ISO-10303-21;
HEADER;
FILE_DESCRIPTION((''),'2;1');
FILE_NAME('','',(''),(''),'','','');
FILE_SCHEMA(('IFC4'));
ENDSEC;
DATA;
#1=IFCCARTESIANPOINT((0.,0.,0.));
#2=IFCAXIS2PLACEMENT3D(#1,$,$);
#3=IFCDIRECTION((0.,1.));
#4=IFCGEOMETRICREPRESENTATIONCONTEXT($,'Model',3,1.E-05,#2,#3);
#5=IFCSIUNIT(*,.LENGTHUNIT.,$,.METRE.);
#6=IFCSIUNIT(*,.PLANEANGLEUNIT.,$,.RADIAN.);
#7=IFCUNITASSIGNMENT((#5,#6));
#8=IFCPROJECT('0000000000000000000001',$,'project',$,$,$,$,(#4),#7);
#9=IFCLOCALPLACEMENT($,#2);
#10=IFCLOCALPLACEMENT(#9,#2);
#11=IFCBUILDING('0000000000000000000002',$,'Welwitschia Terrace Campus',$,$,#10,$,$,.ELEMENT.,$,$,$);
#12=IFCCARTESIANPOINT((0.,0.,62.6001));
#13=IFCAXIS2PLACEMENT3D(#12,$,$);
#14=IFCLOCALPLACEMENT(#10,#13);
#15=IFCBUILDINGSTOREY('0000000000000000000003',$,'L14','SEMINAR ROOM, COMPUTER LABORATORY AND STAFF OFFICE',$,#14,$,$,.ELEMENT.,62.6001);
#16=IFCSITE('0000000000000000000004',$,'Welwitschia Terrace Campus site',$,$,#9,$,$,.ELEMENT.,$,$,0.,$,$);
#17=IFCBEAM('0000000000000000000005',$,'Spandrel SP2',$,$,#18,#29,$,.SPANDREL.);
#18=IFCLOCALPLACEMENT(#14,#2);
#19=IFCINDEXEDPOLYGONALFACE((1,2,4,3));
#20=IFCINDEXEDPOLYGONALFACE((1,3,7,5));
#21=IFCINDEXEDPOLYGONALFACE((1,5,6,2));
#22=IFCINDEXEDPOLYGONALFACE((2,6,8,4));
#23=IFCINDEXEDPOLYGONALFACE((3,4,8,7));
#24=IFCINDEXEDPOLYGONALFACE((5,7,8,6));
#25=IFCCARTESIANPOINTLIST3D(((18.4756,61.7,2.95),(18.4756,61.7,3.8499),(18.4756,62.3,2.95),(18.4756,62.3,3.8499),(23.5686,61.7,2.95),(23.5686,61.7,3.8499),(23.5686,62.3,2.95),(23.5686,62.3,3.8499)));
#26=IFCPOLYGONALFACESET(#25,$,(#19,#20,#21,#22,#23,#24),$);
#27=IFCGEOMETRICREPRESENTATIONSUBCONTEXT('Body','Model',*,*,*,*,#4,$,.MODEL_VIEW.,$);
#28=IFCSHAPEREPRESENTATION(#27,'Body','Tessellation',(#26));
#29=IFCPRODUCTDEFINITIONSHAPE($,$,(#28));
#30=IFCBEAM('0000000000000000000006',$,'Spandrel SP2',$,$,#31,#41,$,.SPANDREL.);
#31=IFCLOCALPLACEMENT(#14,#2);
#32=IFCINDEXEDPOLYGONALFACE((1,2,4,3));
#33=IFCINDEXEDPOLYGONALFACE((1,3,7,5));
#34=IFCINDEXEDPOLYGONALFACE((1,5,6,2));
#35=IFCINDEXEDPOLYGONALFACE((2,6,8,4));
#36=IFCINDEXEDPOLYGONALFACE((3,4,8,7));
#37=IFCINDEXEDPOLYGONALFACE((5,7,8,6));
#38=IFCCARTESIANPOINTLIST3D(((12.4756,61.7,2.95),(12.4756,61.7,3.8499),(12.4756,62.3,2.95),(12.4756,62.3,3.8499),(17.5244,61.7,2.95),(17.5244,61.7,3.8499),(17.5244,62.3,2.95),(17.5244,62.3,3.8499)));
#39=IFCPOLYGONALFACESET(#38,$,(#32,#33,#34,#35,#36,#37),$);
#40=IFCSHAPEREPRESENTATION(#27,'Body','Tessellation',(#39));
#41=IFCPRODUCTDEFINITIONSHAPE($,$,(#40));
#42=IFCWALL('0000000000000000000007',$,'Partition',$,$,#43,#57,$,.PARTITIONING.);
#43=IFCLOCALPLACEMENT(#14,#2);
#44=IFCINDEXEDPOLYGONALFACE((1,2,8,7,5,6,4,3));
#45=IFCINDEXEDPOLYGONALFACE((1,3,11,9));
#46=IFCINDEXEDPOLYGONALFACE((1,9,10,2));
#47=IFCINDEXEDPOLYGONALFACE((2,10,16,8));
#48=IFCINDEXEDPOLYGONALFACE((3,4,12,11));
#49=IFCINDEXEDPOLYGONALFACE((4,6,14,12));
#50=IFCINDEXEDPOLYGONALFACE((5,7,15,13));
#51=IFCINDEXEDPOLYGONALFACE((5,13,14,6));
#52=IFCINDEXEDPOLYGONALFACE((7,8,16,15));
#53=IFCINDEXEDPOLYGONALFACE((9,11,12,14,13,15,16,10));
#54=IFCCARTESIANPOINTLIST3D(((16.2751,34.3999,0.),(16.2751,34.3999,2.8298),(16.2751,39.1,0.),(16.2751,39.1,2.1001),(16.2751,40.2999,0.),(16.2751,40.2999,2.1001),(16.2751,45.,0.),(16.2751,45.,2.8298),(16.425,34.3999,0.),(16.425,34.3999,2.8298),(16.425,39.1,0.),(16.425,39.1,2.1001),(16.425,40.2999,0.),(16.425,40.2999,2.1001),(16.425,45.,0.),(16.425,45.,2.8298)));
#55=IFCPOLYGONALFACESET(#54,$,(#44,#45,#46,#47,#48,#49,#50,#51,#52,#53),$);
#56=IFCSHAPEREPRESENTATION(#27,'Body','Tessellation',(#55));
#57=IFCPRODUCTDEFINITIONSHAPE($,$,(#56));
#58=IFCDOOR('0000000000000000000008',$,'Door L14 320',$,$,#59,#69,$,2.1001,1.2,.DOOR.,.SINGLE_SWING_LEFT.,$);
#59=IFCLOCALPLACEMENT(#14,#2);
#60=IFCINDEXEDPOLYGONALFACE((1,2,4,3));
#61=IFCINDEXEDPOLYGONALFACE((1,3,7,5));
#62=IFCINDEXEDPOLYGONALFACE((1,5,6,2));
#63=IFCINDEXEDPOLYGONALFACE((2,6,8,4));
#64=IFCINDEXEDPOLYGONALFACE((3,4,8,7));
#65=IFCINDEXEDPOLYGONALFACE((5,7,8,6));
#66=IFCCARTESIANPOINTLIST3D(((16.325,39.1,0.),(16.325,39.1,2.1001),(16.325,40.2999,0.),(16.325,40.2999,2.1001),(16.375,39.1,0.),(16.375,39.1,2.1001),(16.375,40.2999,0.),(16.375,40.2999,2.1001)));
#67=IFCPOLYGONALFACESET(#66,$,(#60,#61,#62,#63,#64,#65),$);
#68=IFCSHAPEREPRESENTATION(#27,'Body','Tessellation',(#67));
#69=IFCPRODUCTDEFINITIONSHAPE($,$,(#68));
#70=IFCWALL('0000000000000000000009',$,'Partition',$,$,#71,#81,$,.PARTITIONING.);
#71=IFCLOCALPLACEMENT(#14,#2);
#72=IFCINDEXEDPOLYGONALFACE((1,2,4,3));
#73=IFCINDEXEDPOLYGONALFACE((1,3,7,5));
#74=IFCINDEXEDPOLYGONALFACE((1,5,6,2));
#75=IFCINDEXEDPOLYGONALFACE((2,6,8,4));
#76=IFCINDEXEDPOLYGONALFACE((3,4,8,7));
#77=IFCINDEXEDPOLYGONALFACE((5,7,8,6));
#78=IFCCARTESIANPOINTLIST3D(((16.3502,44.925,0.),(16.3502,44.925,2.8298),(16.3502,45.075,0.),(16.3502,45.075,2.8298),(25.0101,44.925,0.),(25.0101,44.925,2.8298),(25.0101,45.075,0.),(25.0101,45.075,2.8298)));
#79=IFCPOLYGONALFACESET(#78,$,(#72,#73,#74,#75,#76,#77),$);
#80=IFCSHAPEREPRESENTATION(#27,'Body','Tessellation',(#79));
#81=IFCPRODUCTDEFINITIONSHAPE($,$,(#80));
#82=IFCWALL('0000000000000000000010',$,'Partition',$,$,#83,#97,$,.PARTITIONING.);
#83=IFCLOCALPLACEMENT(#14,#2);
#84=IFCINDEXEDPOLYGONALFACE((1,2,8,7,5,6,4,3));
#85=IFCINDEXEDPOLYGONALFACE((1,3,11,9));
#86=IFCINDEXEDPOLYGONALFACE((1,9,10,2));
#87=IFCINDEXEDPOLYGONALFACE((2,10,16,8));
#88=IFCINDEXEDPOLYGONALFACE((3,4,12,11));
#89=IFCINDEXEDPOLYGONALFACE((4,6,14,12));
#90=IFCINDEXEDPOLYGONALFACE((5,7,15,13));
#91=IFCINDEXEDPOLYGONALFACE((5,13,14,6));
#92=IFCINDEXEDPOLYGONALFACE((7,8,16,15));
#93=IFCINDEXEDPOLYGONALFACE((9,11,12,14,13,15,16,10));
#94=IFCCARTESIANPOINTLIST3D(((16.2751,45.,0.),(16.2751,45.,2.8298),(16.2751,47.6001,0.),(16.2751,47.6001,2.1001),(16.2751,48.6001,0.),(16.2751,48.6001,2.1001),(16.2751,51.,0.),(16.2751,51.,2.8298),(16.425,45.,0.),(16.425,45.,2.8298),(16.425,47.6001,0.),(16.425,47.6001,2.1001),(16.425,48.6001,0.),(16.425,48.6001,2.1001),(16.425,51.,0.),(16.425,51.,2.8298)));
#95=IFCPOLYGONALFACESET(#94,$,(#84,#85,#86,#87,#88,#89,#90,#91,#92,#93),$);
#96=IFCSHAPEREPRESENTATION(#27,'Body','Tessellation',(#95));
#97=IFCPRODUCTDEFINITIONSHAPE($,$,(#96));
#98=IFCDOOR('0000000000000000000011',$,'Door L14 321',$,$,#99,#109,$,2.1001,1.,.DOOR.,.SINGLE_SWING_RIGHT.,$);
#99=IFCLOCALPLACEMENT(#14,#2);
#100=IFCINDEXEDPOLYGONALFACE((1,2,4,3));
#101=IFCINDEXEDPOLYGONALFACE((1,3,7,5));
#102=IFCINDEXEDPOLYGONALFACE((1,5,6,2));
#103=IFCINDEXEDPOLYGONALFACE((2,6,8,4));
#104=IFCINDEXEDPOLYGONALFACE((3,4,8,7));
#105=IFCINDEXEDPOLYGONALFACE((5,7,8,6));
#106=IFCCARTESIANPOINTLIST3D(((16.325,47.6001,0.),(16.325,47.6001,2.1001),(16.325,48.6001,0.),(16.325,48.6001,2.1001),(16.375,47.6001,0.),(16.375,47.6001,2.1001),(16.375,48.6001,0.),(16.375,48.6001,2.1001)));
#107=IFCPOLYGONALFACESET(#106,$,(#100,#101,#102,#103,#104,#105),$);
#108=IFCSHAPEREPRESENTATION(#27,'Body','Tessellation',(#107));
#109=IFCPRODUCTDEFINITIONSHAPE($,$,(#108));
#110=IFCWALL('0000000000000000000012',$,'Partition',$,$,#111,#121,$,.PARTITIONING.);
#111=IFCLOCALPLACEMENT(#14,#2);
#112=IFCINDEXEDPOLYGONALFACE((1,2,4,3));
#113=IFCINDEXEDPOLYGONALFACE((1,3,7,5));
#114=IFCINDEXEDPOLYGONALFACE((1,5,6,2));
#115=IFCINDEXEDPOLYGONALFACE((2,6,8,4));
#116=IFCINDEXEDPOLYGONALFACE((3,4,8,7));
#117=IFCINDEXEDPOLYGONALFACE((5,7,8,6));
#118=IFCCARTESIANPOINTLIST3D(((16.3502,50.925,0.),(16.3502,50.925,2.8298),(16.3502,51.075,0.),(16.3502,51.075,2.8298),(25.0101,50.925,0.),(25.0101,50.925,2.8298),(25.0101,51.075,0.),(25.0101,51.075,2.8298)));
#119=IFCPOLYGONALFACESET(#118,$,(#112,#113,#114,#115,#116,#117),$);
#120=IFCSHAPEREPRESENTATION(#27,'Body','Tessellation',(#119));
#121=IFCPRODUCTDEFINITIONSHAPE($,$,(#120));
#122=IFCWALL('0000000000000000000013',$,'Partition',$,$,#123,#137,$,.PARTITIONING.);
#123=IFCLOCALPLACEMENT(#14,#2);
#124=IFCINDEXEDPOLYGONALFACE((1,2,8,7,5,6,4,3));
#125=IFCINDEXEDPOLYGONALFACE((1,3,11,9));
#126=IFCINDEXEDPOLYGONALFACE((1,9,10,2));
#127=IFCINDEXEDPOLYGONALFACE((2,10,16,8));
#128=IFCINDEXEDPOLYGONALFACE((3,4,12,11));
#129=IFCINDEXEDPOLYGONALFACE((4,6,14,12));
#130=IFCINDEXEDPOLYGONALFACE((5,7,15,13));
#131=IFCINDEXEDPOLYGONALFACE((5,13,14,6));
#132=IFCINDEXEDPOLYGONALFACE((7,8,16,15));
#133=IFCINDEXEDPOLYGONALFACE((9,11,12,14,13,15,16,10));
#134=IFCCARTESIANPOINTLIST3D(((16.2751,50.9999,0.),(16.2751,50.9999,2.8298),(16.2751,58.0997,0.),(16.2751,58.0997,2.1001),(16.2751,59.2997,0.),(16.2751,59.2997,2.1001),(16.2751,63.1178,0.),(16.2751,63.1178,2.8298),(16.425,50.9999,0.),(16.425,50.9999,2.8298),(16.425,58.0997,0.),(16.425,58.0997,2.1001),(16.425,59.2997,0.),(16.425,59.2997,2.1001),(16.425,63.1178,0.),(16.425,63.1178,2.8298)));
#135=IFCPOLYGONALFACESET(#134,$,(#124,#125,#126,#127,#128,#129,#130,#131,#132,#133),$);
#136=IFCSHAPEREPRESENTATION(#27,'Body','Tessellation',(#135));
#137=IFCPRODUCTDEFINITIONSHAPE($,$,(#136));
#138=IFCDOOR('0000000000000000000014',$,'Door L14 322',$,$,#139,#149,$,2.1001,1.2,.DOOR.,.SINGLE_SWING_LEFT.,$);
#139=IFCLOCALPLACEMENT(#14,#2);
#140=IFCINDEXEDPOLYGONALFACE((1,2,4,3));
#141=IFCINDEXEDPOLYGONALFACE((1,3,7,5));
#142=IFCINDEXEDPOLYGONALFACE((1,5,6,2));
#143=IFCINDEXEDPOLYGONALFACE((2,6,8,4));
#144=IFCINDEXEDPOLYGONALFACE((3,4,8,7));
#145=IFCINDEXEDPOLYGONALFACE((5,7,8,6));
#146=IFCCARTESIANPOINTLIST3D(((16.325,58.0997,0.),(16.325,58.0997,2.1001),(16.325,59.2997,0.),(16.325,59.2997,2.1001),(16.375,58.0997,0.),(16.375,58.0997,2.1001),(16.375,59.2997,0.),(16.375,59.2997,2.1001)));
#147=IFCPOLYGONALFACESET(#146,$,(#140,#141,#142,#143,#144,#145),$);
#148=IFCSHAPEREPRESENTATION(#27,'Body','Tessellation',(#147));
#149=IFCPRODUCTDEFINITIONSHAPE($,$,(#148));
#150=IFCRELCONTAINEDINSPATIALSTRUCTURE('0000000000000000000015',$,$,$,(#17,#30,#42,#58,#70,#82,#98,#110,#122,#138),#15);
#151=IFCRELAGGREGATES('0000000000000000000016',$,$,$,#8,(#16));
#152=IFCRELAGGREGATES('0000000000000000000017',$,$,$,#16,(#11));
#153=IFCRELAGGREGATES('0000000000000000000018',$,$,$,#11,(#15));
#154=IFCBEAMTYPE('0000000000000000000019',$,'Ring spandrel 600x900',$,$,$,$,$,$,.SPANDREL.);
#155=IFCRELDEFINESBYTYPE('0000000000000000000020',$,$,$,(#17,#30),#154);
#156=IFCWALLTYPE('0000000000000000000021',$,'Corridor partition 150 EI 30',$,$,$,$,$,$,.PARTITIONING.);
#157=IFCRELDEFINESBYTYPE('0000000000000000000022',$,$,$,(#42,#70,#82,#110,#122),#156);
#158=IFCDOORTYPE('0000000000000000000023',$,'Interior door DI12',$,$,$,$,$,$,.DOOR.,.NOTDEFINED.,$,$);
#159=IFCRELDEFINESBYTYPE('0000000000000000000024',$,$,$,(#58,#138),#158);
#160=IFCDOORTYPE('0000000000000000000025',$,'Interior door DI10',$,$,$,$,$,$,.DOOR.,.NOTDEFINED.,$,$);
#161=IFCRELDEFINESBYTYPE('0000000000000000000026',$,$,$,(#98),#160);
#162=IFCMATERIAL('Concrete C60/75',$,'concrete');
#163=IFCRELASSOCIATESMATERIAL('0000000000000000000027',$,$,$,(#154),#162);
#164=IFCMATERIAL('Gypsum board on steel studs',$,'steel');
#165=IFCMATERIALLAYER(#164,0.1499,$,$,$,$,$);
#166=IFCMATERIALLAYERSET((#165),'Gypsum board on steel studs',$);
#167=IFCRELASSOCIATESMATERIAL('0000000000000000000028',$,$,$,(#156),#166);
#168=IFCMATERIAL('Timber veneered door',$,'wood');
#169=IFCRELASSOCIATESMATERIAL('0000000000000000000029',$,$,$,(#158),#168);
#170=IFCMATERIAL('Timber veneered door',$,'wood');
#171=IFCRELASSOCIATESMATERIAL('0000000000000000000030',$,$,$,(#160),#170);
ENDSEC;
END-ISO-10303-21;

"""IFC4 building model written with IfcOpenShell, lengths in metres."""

from ifc_helpers import new_model, si_unit, direction, frame, frame_2d, origin, origin_2d, place, context, subcontext, project, spatial, rectangle, extrude, material, layer, layer_set, material_profile, profile_set, type_object, element, fill, save


model = new_model("IFC4")

# Units and contexts
model_context = context("Model", 3, precision=1e-05, world=origin(), true_north=direction((0.0, 1.0)))
body_context = subcontext(model_context, "Body", "Model", "MODEL_VIEW")
ifc_project = project(units=[si_unit("LENGTHUNIT", "METRE"), si_unit("PLANEANGLEUNIT", "RADIAN")], contexts=[model_context])

# Site, building, storey
site_placement = place(None, origin())
site = spatial("IfcSite", under=ifc_project, at=site_placement, Name="Welwitschia Terrace Campus site", CompositionType="ELEMENT", RefElevation=0.0)
building_placement = place(site_placement, origin())
building = spatial("IfcBuilding", under=site, at=building_placement, Name="Welwitschia Terrace Campus", CompositionType="ELEMENT")
storey_placement = place(building_placement, frame((0.0, 0.0, 62.6001)))
storey = spatial("IfcBuildingStorey", under=building, at=storey_placement, Name="L14", Description="SEMINAR ROOM, COMPUTER LABORATORY AND STAFF OFFICE", CompositionType="ELEMENT", Elevation=62.6001)

# Beams
ifc_material_1 = material(Name="Concrete C60/75", Category="concrete")
ifc_material_profile_1 = material_profile(ifc_material_1, rectangle(XDim=0.6001, YDim=0.8999, at=origin_2d()))
ifc_profile_set_1 = profile_set([ifc_material_profile_1], Name="Concrete C60/75")
beam_type_1 = type_object("IfcBeamType", Name="Ring spandrel 600x900", PredefinedType="SPANDREL", material=ifc_profile_set_1)
for number, where, z_axis, x_axis, name in (
    (1, (23.5686, 62.0, 3.3999), (-1.0, 0.0, 0.0), (0.0, -1.0, 0.0), "Spandrel SP2"),
):
    element("IfcBeam", number, at=place(storey_placement, frame(where, z_axis=z_axis, x_axis=x_axis)), inside=storey, type_object=beam_type_1, Name=name, PredefinedType="SPANDREL", context=body_context, shape_type="SweptSolid", body=[
        extrude(rectangle(XDim=0.6001, YDim=0.8999, at=origin_2d()), origin(), (0.0, 0.0, 1.0), 5.093),
    ])
beam_1_placement = place(storey_placement, frame((17.5244, 62.0, 3.3999), z_axis=(-1.0, 0.0, 0.0), x_axis=(0.0, -1.0, 0.0)))
element("IfcBeam", 2, at=beam_1_placement, inside=storey, type_object=beam_type_1, Name="Spandrel SP2", PredefinedType="SPANDREL", context=body_context, shape_type="SweptSolid", body=[
    extrude(rectangle(XDim=0.6001, YDim=0.8999, at=origin_2d()), origin(), (0.0, 0.0, 1.0), 5.0488),
])

# Wall, opening, door
ifc_material_2 = material(Name="Gypsum board on steel studs", Category="steel")
ifc_layer = layer(ifc_material_2, 0.1499)
ifc_layer_set = layer_set([ifc_layer], Name="Gypsum board on steel studs")
wall_type = type_object("IfcWallType", Name="Corridor partition 150 EI 30", PredefinedType="PARTITIONING", material=ifc_layer_set)
wall_1_placement = place(storey_placement, frame((16.3501, 45.0, 0.0), z_axis=(0.0, 0.0, 1.0), x_axis=(0.0, -1.0, 0.0)))
wall_1 = element("IfcWall", 3, at=wall_1_placement, inside=storey, type_object=wall_type, Name="Partition", PredefinedType="PARTITIONING", context=body_context, shape_type="SweptSolid", body=[
    extrude(rectangle(XDim=10.6001, YDim=0.1499, at=frame_2d((5.3, 0.0))), origin(), (0.0, 0.0, 1.0), 2.8298),
])
opening_1_placement = place(wall_1_placement, frame((4.7, 0.0, 0.0)))
opening_1 = element("IfcOpeningElement", 4, at=opening_1_placement, cuts=wall_1, PredefinedType="OPENING", context=body_context, shape_type="SweptSolid", body=[
    extrude(rectangle(XDim=1.2, YDim=2.1001, at=frame_2d((0.6001, 1.05))), frame((0.0, 0.085, 0.0), z_axis=(0.0, -1.0, 0.0), x_axis=(1.0, 0.0, 0.0)), (0.0, 0.0, 1.0), 0.1699),
])
ifc_material_3 = material(Name="Timber veneered door", Category="wood")
door_type_1 = type_object("IfcDoorType", Name="Interior door DI12", OperationType="NOTDEFINED", PredefinedType="DOOR", material=ifc_material_3)
door_1_placement = place(opening_1_placement, origin())
door_1 = element("IfcDoor", 5, at=door_1_placement, inside=storey, type_object=door_type_1, Name="Door L14 320", OperationType="SINGLE_SWING_LEFT", OverallHeight=2.1001, OverallWidth=1.2, PredefinedType="DOOR", context=body_context, shape_type="SweptSolid", body=[
    extrude(rectangle(XDim=1.2, YDim=2.1001, at=frame_2d((0.6001, 1.05))), frame((0.0, 0.0249, 0.0), z_axis=(0.0, -1.0, 0.0), x_axis=(1.0, 0.0, 0.0)), (0.0, 0.0, 1.0), 0.05),
])
fill(opening_1, door_1)

# Wall
wall_2_placement = place(storey_placement, frame((16.3501, 45.0, 0.0), z_axis=(0.0, 0.0, 1.0), x_axis=(1.0, 0.0, 0.0)))
element("IfcWall", 6, at=wall_2_placement, inside=storey, type_object=wall_type, Name="Partition", PredefinedType="PARTITIONING", context=body_context, shape_type="SweptSolid", body=[
    extrude(rectangle(XDim=8.6599, YDim=0.1499, at=frame_2d((4.3301, 0.0))), origin(), (0.0, 0.0, 1.0), 2.8298),
])

# Wall, opening, door
wall_3_placement = place(storey_placement, frame((16.3501, 51.0, 0.0), z_axis=(0.0, 0.0, 1.0), x_axis=(0.0, -1.0, 0.0)))
wall_3 = element("IfcWall", 7, at=wall_3_placement, inside=storey, type_object=wall_type, Name="Partition", PredefinedType="PARTITIONING", context=body_context, shape_type="SweptSolid", body=[
    extrude(rectangle(XDim=6.0, YDim=0.1499, at=frame_2d((3.0, 0.0))), origin(), (0.0, 0.0, 1.0), 2.8298),
])
opening_2_placement = place(wall_3_placement, frame((2.3999, 0.0, 0.0)))
opening_2 = element("IfcOpeningElement", 8, at=opening_2_placement, cuts=wall_3, PredefinedType="OPENING", context=body_context, shape_type="SweptSolid", body=[
    extrude(rectangle(XDim=1.0, YDim=2.1001, at=frame_2d((0.5, 1.05))), frame((0.0, 0.085, 0.0), z_axis=(0.0, -1.0, 0.0), x_axis=(1.0, 0.0, 0.0)), (0.0, 0.0, 1.0), 0.1699),
])
ifc_material_4 = material(Name="Timber veneered door", Category="wood")
door_type_2 = type_object("IfcDoorType", Name="Interior door DI10", OperationType="NOTDEFINED", PredefinedType="DOOR", material=ifc_material_4)
door_2_placement = place(opening_2_placement, origin())
door_2 = element("IfcDoor", 9, at=door_2_placement, inside=storey, type_object=door_type_2, Name="Door L14 321", OperationType="SINGLE_SWING_RIGHT", OverallHeight=2.1001, OverallWidth=1.0, PredefinedType="DOOR", context=body_context, shape_type="SweptSolid", body=[
    extrude(rectangle(XDim=1.0, YDim=2.1001, at=frame_2d((0.5, 1.05))), frame((0.0, 0.0249, 0.0), z_axis=(0.0, -1.0, 0.0), x_axis=(1.0, 0.0, 0.0)), (0.0, 0.0, 1.0), 0.05),
])
fill(opening_2, door_2)

# Wall
wall_4_placement = place(storey_placement, frame((16.3501, 51.0, 0.0), z_axis=(0.0, 0.0, 1.0), x_axis=(1.0, 0.0, 0.0)))
element("IfcWall", 10, at=wall_4_placement, inside=storey, type_object=wall_type, Name="Partition", PredefinedType="PARTITIONING", context=body_context, shape_type="SweptSolid", body=[
    extrude(rectangle(XDim=8.6599, YDim=0.1499, at=frame_2d((4.3301, 0.0))), origin(), (0.0, 0.0, 1.0), 2.8298),
])

# Wall, opening, door
wall_5_placement = place(storey_placement, frame((16.3501, 63.1179, 0.0), z_axis=(0.0, 0.0, 1.0), x_axis=(0.0, -1.0, 0.0)))
wall_5 = element("IfcWall", 11, at=wall_5_placement, inside=storey, type_object=wall_type, Name="Partition", PredefinedType="PARTITIONING", context=body_context, shape_type="SweptSolid", body=[
    extrude(rectangle(XDim=12.1179, YDim=0.1499, at=frame_2d((6.0591, 0.0))), origin(), (0.0, 0.0, 1.0), 2.8298),
])
opening_3_placement = place(wall_5_placement, frame((3.8181, 0.0, 0.0)))
opening_3 = element("IfcOpeningElement", 12, at=opening_3_placement, cuts=wall_5, PredefinedType="OPENING", context=body_context, shape_type="SweptSolid", body=[
    extrude(rectangle(XDim=1.2, YDim=2.1001, at=frame_2d((0.6001, 1.05))), frame((0.0, 0.085, 0.0), z_axis=(0.0, -1.0, 0.0), x_axis=(1.0, 0.0, 0.0)), (0.0, 0.0, 1.0), 0.1699),
])
door_3_placement = place(opening_3_placement, origin())
door_3 = element("IfcDoor", 13, at=door_3_placement, inside=storey, type_object=door_type_1, Name="Door L14 322", OperationType="SINGLE_SWING_LEFT", OverallHeight=2.1001, OverallWidth=1.2, PredefinedType="DOOR", context=body_context, shape_type="SweptSolid", body=[
    extrude(rectangle(XDim=1.2, YDim=2.1001, at=frame_2d((0.6001, 1.05))), frame((0.0, 0.0249, 0.0), z_axis=(0.0, -1.0, 0.0), x_axis=(1.0, 0.0, 0.0)), (0.0, 0.0, 1.0), 0.05),
])
fill(opening_3, door_3)

save(model, "model.ifc")
